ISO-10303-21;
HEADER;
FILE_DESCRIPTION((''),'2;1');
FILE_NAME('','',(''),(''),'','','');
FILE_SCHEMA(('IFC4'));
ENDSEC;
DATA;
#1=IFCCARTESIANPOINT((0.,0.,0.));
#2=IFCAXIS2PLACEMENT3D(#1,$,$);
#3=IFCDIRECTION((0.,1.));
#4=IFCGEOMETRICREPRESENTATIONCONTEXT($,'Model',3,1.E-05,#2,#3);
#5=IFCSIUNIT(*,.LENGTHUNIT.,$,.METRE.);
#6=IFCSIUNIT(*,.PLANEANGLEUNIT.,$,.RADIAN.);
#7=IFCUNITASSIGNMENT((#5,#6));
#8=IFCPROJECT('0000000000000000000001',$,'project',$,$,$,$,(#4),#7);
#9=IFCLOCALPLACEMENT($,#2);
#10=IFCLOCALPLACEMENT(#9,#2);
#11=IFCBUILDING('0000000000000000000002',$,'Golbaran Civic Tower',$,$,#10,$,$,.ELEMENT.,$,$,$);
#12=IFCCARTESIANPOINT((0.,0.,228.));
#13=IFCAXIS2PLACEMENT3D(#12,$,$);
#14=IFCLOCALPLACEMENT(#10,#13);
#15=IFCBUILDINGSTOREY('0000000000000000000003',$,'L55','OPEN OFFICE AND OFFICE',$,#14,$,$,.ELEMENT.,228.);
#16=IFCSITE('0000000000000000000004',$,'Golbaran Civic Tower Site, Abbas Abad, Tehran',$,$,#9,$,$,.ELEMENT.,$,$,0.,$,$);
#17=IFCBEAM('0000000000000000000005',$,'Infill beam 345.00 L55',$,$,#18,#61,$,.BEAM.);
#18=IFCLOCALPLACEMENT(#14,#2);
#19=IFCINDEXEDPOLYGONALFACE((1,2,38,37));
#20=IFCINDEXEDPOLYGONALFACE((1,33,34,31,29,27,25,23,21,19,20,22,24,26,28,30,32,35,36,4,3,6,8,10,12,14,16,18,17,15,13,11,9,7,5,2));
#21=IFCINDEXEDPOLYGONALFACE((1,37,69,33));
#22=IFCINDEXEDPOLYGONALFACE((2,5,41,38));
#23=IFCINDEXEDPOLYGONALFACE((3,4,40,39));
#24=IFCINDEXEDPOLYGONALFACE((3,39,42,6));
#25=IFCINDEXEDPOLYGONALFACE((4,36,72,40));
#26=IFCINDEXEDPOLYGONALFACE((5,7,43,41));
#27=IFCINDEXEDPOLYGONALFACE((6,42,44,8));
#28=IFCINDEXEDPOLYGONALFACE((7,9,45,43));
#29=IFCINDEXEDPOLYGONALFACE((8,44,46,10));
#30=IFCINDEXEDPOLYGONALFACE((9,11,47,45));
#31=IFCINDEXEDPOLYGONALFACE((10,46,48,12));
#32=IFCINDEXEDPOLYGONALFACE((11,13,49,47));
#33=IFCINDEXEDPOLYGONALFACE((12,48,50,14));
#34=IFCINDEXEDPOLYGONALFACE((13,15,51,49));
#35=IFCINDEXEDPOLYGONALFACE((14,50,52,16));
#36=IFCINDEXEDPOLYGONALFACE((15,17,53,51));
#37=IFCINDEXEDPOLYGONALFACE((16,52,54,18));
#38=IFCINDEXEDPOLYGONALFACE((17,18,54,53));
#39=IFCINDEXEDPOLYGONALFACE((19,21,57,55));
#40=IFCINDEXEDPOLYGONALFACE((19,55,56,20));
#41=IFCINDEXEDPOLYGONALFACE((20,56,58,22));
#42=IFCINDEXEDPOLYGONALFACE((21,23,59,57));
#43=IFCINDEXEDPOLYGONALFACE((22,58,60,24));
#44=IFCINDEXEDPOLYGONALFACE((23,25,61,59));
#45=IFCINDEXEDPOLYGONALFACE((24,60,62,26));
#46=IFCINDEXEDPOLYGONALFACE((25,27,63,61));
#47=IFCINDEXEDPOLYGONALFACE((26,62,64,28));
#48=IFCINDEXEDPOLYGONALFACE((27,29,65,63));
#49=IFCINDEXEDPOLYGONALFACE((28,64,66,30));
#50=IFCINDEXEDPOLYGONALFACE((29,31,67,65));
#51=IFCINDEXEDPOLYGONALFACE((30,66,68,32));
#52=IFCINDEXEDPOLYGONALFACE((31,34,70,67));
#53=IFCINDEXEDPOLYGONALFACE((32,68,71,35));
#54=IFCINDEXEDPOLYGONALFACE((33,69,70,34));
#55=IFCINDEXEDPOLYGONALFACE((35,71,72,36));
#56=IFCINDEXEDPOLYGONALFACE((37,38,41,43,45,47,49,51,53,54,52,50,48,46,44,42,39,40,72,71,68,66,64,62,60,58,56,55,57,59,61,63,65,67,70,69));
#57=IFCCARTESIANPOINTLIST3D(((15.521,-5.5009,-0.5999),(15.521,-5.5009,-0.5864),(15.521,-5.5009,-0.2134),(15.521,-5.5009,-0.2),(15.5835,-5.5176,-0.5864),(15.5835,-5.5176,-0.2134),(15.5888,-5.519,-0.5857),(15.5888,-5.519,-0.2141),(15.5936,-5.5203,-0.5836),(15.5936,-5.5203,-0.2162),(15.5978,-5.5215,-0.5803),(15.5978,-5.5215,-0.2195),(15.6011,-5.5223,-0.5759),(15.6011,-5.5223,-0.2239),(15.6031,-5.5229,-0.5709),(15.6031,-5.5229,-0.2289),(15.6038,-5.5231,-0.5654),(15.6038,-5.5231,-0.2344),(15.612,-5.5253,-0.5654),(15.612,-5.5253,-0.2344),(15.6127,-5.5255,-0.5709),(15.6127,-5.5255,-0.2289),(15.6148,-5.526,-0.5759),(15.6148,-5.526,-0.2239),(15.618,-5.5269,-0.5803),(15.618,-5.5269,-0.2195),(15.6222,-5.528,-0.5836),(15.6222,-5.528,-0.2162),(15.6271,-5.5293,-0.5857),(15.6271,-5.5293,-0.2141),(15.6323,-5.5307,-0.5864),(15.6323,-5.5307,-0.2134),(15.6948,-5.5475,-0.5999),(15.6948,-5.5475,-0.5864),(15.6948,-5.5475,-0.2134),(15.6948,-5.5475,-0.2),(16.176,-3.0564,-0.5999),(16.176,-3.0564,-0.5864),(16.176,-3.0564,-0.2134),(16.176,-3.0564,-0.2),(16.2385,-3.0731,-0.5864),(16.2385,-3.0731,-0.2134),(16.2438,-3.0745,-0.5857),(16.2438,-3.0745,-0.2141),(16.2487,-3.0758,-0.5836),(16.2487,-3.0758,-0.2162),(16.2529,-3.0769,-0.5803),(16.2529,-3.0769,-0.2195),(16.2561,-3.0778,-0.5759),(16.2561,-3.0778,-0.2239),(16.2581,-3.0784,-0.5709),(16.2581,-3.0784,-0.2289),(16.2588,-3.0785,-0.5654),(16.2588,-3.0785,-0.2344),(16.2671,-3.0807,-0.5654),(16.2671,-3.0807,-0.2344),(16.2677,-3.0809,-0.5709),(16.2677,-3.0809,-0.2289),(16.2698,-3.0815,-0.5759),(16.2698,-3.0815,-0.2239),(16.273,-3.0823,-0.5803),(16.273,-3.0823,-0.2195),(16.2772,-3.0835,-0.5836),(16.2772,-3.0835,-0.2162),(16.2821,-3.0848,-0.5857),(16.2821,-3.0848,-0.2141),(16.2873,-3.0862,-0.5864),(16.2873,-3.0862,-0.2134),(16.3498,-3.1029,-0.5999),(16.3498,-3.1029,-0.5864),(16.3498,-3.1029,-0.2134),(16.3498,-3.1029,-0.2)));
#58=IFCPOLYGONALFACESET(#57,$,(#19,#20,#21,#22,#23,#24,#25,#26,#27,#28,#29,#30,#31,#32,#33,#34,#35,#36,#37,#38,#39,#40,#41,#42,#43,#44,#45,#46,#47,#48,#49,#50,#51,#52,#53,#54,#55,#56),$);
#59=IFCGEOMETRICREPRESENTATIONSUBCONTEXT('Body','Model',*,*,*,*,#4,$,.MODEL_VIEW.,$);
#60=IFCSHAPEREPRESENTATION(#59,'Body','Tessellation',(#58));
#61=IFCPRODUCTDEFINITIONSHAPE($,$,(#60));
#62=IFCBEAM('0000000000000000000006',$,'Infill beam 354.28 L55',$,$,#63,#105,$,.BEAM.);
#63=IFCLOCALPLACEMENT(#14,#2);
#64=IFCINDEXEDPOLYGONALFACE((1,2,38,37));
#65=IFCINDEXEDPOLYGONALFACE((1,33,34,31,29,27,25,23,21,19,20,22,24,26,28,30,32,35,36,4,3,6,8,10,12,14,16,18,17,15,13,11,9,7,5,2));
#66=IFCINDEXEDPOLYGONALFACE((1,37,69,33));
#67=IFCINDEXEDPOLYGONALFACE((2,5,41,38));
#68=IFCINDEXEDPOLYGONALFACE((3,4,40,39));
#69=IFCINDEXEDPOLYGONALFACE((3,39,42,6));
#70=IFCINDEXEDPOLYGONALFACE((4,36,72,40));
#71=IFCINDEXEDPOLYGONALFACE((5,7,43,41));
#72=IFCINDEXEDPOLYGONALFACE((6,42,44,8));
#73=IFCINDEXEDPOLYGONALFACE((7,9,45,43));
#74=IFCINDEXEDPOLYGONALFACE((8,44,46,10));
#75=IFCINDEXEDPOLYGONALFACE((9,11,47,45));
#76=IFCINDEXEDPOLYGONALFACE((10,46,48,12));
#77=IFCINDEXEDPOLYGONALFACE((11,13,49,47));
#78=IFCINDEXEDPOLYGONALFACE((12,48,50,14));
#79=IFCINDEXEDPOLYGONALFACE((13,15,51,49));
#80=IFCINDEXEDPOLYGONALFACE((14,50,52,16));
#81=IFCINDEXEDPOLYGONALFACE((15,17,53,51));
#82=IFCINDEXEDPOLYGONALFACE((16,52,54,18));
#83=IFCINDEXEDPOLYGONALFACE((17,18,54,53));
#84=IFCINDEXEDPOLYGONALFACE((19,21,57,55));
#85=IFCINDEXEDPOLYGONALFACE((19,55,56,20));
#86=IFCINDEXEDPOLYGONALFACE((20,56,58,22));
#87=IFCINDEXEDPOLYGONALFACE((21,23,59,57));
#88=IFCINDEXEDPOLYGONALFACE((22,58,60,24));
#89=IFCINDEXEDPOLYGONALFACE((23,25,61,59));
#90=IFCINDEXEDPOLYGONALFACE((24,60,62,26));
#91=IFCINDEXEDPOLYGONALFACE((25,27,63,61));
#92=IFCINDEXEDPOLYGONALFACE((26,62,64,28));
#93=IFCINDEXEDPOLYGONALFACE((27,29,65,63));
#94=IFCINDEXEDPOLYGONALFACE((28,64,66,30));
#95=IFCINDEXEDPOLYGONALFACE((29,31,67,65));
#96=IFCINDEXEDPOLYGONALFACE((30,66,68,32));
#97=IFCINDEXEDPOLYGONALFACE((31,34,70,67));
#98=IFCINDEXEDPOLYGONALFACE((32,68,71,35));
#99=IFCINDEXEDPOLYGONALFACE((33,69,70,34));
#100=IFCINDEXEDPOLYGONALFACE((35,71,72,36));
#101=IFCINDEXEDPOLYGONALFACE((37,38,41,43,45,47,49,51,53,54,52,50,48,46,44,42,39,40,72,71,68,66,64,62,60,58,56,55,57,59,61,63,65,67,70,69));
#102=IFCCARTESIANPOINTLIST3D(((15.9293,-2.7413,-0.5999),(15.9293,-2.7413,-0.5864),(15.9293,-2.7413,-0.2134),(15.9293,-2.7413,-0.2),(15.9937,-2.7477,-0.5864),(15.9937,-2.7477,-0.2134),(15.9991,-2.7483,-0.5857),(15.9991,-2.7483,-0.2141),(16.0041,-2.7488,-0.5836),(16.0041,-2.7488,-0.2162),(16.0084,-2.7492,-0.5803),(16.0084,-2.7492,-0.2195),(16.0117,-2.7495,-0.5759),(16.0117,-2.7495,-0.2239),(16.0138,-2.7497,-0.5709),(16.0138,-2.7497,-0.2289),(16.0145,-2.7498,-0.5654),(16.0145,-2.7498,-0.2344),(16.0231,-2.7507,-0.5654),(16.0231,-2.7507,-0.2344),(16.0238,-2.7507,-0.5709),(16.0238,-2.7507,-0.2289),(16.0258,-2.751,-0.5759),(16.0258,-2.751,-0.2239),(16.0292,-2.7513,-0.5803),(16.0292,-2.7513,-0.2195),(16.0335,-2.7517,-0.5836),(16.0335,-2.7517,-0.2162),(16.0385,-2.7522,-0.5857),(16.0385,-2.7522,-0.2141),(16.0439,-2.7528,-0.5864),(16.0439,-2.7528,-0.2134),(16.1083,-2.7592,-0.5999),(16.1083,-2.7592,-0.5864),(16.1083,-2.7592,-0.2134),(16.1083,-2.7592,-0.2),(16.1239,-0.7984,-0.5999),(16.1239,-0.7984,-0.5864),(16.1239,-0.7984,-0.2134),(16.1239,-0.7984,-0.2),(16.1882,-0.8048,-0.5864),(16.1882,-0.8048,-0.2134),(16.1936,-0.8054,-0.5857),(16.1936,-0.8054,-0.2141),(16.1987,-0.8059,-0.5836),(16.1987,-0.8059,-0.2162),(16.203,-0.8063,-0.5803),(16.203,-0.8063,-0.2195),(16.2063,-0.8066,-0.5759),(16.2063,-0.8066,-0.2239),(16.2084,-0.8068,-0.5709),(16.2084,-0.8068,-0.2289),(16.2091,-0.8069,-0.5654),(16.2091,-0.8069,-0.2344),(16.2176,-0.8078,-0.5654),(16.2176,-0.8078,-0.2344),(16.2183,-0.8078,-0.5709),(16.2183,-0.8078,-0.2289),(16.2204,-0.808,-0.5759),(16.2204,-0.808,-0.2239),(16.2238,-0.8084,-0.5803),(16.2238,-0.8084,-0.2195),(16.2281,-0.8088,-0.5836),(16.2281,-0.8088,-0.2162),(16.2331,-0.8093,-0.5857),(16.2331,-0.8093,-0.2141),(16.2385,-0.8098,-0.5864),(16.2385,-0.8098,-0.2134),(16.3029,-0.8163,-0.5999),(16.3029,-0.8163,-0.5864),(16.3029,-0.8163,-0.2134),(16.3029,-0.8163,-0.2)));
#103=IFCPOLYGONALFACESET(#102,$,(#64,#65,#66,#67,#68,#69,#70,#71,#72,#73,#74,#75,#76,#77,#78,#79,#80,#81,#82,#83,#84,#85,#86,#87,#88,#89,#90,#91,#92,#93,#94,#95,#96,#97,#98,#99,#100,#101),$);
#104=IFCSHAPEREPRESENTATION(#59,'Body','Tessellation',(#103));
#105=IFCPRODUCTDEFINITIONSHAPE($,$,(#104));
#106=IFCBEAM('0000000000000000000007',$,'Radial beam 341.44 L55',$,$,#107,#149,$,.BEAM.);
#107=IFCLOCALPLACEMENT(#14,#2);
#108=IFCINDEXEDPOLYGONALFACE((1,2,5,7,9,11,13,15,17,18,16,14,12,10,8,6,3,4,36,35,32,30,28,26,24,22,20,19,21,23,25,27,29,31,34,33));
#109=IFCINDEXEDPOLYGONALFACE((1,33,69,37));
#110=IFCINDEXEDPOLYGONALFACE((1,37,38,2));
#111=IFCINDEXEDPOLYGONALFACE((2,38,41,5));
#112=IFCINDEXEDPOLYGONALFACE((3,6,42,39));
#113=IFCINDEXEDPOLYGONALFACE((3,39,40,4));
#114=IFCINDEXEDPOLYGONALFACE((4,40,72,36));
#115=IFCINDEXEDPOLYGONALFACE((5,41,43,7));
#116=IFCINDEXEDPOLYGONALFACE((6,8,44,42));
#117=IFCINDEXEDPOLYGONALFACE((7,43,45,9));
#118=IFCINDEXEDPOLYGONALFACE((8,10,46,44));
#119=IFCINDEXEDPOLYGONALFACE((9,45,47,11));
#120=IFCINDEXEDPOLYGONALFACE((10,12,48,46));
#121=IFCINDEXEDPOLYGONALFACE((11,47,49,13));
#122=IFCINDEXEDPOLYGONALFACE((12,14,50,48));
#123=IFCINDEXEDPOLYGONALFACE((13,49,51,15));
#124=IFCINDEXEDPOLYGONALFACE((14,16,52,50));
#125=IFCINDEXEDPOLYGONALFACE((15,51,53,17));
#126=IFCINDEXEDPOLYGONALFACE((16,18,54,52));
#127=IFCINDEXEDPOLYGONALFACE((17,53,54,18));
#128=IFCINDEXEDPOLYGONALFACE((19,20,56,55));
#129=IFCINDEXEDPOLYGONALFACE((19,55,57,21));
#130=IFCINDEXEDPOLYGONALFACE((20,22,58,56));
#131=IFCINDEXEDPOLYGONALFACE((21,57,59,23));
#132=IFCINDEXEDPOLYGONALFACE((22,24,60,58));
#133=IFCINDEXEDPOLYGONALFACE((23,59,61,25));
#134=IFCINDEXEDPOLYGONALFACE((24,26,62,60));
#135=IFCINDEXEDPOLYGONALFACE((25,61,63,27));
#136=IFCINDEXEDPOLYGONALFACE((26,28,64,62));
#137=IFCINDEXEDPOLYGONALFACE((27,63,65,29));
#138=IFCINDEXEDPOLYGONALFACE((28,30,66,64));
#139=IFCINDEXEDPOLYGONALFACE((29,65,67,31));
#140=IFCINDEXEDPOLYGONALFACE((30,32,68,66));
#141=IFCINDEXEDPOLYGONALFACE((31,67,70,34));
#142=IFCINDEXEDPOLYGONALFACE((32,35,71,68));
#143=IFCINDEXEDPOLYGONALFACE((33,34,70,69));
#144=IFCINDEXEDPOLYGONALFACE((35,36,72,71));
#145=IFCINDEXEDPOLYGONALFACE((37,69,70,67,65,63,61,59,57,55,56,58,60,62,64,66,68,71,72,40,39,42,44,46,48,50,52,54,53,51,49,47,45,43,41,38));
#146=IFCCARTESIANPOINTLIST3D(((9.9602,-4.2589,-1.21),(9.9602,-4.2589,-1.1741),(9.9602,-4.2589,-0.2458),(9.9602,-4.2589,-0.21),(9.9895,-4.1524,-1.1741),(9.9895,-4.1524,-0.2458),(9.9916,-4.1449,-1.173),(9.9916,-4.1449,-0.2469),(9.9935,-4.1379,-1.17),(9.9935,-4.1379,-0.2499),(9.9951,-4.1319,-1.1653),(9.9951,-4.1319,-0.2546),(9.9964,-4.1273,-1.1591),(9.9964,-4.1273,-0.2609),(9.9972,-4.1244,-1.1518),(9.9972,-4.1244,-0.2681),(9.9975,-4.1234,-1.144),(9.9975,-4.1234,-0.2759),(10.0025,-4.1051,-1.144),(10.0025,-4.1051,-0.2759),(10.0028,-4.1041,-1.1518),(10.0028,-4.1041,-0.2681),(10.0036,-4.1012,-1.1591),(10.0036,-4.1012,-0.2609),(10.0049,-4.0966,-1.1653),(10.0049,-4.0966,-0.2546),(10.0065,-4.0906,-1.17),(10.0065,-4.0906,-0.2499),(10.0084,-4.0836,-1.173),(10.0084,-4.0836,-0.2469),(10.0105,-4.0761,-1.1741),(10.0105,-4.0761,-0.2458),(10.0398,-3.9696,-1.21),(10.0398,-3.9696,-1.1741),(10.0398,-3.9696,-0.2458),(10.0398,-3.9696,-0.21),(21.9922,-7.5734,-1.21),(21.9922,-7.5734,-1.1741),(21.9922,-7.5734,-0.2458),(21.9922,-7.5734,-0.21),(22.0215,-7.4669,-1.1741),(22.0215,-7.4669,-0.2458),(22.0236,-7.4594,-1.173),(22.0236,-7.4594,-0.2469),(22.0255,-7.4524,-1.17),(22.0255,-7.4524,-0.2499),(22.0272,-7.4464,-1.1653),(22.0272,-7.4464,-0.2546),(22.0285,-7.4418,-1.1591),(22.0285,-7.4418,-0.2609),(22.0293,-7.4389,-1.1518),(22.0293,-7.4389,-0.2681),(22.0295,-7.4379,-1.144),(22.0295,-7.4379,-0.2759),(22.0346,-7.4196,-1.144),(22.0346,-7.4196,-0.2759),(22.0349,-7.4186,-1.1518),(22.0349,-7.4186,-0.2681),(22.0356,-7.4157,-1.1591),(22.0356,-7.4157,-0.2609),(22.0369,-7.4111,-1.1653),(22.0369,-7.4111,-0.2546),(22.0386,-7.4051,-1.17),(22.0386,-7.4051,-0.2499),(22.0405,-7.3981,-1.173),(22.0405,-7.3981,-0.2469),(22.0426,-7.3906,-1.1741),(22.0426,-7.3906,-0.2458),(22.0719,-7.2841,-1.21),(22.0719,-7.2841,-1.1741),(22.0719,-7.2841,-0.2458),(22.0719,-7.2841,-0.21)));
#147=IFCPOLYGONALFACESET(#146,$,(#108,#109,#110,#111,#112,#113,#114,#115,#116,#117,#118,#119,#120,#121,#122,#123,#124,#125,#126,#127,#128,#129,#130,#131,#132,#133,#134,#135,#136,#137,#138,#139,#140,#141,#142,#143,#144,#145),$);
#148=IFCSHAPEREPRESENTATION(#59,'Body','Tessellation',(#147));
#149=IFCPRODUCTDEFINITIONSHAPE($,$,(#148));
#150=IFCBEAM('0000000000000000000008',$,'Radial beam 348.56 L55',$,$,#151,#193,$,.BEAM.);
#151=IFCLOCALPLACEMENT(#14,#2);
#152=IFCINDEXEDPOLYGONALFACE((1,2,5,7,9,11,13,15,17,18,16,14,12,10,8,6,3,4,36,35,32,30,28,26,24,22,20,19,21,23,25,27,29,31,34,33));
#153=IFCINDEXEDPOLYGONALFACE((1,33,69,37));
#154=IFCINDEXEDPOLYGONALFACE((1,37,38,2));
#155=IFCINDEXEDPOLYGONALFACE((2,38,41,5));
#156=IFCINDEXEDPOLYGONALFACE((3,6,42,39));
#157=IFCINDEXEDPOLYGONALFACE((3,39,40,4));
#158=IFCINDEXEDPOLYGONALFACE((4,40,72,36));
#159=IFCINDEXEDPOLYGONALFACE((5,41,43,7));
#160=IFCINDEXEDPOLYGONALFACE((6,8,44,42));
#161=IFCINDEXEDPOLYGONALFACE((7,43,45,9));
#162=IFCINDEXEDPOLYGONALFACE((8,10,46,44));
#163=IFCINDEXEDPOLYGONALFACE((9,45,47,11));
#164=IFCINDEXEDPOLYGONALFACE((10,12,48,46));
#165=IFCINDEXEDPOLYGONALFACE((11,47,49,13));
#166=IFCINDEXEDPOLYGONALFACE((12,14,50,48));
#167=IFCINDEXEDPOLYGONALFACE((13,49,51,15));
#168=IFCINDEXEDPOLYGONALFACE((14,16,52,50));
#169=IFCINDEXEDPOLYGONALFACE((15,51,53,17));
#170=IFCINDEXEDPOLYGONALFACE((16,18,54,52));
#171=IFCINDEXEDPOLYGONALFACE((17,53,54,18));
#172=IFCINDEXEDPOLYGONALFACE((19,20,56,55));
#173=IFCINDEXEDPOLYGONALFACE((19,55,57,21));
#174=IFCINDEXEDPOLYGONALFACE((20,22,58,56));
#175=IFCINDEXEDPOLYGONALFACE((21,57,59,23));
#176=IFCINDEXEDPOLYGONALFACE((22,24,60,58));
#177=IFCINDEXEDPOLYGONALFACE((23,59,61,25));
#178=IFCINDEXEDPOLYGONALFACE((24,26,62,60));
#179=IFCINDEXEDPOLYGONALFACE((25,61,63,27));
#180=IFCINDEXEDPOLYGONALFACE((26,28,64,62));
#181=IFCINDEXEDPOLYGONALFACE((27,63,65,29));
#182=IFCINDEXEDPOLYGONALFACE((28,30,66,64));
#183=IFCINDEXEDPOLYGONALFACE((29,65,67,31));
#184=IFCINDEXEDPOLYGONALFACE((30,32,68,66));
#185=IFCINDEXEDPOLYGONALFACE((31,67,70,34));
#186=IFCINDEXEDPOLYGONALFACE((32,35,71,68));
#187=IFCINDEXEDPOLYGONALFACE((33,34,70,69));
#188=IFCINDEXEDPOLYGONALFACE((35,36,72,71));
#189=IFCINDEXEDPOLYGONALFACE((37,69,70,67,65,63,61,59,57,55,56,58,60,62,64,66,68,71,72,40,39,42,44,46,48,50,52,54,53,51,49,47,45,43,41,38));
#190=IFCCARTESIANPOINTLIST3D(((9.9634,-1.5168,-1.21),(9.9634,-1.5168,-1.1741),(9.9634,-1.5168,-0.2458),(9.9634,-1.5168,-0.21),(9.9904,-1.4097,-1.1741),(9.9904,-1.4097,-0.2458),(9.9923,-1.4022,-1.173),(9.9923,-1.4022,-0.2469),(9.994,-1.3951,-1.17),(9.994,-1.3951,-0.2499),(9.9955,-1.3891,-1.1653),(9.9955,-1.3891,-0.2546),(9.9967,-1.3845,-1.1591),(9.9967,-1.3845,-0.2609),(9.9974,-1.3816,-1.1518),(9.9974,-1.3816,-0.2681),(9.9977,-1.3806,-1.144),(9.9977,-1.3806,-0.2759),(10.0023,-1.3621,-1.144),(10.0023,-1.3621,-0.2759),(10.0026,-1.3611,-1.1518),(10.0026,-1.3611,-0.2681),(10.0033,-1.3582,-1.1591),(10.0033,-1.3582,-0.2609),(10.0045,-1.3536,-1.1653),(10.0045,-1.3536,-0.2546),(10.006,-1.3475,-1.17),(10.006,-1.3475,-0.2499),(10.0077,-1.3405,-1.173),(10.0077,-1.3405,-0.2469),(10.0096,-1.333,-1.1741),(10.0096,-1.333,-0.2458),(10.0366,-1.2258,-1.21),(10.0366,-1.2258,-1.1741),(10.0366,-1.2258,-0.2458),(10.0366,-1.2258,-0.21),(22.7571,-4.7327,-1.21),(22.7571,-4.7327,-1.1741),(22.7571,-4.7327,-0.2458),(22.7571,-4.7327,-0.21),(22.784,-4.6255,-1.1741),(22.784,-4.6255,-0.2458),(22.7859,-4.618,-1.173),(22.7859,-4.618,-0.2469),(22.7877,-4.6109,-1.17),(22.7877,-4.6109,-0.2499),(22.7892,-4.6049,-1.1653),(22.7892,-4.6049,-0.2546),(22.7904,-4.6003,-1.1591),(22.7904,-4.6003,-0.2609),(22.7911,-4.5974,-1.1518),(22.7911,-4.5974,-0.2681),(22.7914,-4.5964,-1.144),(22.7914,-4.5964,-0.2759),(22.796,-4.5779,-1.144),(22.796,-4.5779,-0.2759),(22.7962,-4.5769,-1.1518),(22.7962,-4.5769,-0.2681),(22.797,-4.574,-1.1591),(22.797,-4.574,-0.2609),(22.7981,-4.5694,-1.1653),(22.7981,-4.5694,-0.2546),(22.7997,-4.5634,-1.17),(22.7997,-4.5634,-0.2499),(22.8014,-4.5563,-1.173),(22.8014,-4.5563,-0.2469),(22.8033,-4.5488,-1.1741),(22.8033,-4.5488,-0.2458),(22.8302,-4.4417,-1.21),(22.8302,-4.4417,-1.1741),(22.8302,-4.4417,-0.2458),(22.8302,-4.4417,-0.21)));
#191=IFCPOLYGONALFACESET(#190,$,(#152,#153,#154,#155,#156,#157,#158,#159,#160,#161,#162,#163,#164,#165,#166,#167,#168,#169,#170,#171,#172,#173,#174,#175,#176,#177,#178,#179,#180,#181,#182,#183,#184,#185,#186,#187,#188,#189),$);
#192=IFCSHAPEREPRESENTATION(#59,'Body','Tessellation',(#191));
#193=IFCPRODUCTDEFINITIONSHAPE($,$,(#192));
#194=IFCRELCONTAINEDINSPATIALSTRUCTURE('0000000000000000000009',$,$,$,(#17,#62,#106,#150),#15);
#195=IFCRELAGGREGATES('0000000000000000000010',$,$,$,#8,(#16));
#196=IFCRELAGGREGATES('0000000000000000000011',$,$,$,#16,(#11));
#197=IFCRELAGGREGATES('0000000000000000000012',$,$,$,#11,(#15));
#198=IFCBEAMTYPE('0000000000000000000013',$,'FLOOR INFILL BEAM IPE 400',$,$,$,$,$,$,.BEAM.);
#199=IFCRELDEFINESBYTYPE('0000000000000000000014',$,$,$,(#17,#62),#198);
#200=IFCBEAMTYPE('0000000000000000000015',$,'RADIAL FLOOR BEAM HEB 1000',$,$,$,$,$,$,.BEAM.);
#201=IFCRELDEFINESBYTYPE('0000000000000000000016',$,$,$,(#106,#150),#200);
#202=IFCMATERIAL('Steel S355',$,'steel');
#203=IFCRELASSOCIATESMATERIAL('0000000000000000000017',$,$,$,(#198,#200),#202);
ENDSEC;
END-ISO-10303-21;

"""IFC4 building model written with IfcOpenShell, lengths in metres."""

from ifc_helpers import new_model, si_unit, direction, frame, origin, origin_2d, place, context, subcontext, project, spatial, i_section, extrude, material, material_profile, profile_set, type_object, element, save


model = new_model("IFC4")

# Units and contexts
model_context = context("Model", 3, precision=1e-05, world=origin(), true_north=direction((0.0, 1.0)))
body_context = subcontext(model_context, "Body", "Model", "MODEL_VIEW")
ifc_project = project(units=[si_unit("LENGTHUNIT", "METRE"), si_unit("PLANEANGLEUNIT", "RADIAN")], contexts=[model_context])

# Site, building, storey
site_placement = place(None, origin())
site = spatial("IfcSite", under=ifc_project, at=site_placement, Name="Golbaran Civic Tower Site, Abbas Abad, Tehran", CompositionType="ELEMENT", RefElevation=0.0)
building_placement = place(site_placement, origin())
building = spatial("IfcBuilding", under=site, at=building_placement, Name="Golbaran Civic Tower", CompositionType="ELEMENT")
storey_placement = place(building_placement, frame((0.0, 0.0, 228.0)))
storey = spatial("IfcBuildingStorey", under=building, at=storey_placement, Name="L55", Description="OPEN OFFICE AND OFFICE", CompositionType="ELEMENT", Elevation=228.0)

# Beams
ifc_material_1 = material(Name="Steel S355", Category="steel")
ifc_material_profile_1 = material_profile(ifc_material_1, i_section(OverallWidth=0.1799, OverallDepth=0.3999, WebThickness=0.0085, FlangeThickness=0.0134, FilletRadius=0.021, at=origin_2d()), Name="IPE 400")
ifc_profile_set_1 = profile_set([ifc_material_profile_1], Name="Steel S355")
beam_type_1 = type_object("IfcBeamType", Name="FLOOR INFILL BEAM IPE 400", PredefinedType="BEAM", material=ifc_profile_set_1)
beam_1_placement = place(storey_placement, frame((15.6079, -5.5242, -0.3999), z_axis=(0.258821, 0.965925, 0.0), x_axis=(-0.965925, 0.258821, 0.0)))
element("IfcBeam", 1, at=beam_1_placement, inside=storey, type_object=beam_type_1, Name="Infill beam 345.00 L55", PredefinedType="BEAM", context=body_context, shape_type="SweptSolid", body=[
    extrude(i_section(OverallWidth=0.1799, OverallDepth=0.3999, WebThickness=0.0085, FlangeThickness=0.0134, FilletRadius=0.021, at=origin_2d()), origin(), (0.0, 0.0, 1.0), 2.5308),
])
beam_2_placement = place(storey_placement, frame((16.0188, -2.7502, -0.3999), z_axis=(0.099652, 0.995022, 0.0), x_axis=(-0.995022, 0.099652, 0.0)))
element("IfcBeam", 2, at=beam_2_placement, inside=storey, type_object=beam_type_1, Name="Infill beam 354.28 L55", PredefinedType="BEAM", context=body_context, shape_type="SweptSolid", body=[
    extrude(i_section(OverallWidth=0.1799, OverallDepth=0.3999, WebThickness=0.0085, FlangeThickness=0.0134, FilletRadius=0.021, at=origin_2d()), origin(), (0.0, 0.0, 1.0), 1.9526),
])
ifc_material_profile_2 = material_profile(ifc_material_1, i_section(OverallWidth=0.3, OverallDepth=1.0, WebThickness=0.019, FlangeThickness=0.0359, FilletRadius=0.03, at=origin_2d()), Name="HEB 1000")
ifc_profile_set_2 = profile_set([ifc_material_profile_2], Name="Steel S355")
beam_type_2 = type_object("IfcBeamType", Name="RADIAL FLOOR BEAM HEB 1000", PredefinedType="BEAM", material=ifc_profile_set_2)
beam_3_placement = place(storey_placement, frame((10.0, -4.1143, -0.71), z_axis=(0.964089, -0.265578, 0.0), x_axis=(0.265578, 0.964089, 0.0)))
element("IfcBeam", 3, at=beam_3_placement, inside=storey, type_object=beam_type_2, Name="Radial beam 341.44 L55", PredefinedType="BEAM", context=body_context, shape_type="SweptSolid", body=[
    extrude(i_section(OverallWidth=0.3, OverallDepth=1.0, WebThickness=0.019, FlangeThickness=0.0359, FilletRadius=0.03, at=origin_2d()), origin(), (0.0, 0.0, 1.0), 12.4802),
])
beam_4_placement = place(storey_placement, frame((10.0, -1.3713, -0.71), z_axis=(0.969831, -0.243776, 0.0), x_axis=(0.243776, 0.969831, 0.0)))
element("IfcBeam", 4, at=beam_4_placement, inside=storey, type_object=beam_type_2, Name="Radial beam 348.56 L55", PredefinedType="BEAM", context=body_context, shape_type="SweptSolid", body=[
    extrude(i_section(OverallWidth=0.3, OverallDepth=1.0, WebThickness=0.019, FlangeThickness=0.0359, FilletRadius=0.03, at=origin_2d()), origin(), (0.0, 0.0, 1.0), 13.1917),
])

save(model, "model.ifc")
